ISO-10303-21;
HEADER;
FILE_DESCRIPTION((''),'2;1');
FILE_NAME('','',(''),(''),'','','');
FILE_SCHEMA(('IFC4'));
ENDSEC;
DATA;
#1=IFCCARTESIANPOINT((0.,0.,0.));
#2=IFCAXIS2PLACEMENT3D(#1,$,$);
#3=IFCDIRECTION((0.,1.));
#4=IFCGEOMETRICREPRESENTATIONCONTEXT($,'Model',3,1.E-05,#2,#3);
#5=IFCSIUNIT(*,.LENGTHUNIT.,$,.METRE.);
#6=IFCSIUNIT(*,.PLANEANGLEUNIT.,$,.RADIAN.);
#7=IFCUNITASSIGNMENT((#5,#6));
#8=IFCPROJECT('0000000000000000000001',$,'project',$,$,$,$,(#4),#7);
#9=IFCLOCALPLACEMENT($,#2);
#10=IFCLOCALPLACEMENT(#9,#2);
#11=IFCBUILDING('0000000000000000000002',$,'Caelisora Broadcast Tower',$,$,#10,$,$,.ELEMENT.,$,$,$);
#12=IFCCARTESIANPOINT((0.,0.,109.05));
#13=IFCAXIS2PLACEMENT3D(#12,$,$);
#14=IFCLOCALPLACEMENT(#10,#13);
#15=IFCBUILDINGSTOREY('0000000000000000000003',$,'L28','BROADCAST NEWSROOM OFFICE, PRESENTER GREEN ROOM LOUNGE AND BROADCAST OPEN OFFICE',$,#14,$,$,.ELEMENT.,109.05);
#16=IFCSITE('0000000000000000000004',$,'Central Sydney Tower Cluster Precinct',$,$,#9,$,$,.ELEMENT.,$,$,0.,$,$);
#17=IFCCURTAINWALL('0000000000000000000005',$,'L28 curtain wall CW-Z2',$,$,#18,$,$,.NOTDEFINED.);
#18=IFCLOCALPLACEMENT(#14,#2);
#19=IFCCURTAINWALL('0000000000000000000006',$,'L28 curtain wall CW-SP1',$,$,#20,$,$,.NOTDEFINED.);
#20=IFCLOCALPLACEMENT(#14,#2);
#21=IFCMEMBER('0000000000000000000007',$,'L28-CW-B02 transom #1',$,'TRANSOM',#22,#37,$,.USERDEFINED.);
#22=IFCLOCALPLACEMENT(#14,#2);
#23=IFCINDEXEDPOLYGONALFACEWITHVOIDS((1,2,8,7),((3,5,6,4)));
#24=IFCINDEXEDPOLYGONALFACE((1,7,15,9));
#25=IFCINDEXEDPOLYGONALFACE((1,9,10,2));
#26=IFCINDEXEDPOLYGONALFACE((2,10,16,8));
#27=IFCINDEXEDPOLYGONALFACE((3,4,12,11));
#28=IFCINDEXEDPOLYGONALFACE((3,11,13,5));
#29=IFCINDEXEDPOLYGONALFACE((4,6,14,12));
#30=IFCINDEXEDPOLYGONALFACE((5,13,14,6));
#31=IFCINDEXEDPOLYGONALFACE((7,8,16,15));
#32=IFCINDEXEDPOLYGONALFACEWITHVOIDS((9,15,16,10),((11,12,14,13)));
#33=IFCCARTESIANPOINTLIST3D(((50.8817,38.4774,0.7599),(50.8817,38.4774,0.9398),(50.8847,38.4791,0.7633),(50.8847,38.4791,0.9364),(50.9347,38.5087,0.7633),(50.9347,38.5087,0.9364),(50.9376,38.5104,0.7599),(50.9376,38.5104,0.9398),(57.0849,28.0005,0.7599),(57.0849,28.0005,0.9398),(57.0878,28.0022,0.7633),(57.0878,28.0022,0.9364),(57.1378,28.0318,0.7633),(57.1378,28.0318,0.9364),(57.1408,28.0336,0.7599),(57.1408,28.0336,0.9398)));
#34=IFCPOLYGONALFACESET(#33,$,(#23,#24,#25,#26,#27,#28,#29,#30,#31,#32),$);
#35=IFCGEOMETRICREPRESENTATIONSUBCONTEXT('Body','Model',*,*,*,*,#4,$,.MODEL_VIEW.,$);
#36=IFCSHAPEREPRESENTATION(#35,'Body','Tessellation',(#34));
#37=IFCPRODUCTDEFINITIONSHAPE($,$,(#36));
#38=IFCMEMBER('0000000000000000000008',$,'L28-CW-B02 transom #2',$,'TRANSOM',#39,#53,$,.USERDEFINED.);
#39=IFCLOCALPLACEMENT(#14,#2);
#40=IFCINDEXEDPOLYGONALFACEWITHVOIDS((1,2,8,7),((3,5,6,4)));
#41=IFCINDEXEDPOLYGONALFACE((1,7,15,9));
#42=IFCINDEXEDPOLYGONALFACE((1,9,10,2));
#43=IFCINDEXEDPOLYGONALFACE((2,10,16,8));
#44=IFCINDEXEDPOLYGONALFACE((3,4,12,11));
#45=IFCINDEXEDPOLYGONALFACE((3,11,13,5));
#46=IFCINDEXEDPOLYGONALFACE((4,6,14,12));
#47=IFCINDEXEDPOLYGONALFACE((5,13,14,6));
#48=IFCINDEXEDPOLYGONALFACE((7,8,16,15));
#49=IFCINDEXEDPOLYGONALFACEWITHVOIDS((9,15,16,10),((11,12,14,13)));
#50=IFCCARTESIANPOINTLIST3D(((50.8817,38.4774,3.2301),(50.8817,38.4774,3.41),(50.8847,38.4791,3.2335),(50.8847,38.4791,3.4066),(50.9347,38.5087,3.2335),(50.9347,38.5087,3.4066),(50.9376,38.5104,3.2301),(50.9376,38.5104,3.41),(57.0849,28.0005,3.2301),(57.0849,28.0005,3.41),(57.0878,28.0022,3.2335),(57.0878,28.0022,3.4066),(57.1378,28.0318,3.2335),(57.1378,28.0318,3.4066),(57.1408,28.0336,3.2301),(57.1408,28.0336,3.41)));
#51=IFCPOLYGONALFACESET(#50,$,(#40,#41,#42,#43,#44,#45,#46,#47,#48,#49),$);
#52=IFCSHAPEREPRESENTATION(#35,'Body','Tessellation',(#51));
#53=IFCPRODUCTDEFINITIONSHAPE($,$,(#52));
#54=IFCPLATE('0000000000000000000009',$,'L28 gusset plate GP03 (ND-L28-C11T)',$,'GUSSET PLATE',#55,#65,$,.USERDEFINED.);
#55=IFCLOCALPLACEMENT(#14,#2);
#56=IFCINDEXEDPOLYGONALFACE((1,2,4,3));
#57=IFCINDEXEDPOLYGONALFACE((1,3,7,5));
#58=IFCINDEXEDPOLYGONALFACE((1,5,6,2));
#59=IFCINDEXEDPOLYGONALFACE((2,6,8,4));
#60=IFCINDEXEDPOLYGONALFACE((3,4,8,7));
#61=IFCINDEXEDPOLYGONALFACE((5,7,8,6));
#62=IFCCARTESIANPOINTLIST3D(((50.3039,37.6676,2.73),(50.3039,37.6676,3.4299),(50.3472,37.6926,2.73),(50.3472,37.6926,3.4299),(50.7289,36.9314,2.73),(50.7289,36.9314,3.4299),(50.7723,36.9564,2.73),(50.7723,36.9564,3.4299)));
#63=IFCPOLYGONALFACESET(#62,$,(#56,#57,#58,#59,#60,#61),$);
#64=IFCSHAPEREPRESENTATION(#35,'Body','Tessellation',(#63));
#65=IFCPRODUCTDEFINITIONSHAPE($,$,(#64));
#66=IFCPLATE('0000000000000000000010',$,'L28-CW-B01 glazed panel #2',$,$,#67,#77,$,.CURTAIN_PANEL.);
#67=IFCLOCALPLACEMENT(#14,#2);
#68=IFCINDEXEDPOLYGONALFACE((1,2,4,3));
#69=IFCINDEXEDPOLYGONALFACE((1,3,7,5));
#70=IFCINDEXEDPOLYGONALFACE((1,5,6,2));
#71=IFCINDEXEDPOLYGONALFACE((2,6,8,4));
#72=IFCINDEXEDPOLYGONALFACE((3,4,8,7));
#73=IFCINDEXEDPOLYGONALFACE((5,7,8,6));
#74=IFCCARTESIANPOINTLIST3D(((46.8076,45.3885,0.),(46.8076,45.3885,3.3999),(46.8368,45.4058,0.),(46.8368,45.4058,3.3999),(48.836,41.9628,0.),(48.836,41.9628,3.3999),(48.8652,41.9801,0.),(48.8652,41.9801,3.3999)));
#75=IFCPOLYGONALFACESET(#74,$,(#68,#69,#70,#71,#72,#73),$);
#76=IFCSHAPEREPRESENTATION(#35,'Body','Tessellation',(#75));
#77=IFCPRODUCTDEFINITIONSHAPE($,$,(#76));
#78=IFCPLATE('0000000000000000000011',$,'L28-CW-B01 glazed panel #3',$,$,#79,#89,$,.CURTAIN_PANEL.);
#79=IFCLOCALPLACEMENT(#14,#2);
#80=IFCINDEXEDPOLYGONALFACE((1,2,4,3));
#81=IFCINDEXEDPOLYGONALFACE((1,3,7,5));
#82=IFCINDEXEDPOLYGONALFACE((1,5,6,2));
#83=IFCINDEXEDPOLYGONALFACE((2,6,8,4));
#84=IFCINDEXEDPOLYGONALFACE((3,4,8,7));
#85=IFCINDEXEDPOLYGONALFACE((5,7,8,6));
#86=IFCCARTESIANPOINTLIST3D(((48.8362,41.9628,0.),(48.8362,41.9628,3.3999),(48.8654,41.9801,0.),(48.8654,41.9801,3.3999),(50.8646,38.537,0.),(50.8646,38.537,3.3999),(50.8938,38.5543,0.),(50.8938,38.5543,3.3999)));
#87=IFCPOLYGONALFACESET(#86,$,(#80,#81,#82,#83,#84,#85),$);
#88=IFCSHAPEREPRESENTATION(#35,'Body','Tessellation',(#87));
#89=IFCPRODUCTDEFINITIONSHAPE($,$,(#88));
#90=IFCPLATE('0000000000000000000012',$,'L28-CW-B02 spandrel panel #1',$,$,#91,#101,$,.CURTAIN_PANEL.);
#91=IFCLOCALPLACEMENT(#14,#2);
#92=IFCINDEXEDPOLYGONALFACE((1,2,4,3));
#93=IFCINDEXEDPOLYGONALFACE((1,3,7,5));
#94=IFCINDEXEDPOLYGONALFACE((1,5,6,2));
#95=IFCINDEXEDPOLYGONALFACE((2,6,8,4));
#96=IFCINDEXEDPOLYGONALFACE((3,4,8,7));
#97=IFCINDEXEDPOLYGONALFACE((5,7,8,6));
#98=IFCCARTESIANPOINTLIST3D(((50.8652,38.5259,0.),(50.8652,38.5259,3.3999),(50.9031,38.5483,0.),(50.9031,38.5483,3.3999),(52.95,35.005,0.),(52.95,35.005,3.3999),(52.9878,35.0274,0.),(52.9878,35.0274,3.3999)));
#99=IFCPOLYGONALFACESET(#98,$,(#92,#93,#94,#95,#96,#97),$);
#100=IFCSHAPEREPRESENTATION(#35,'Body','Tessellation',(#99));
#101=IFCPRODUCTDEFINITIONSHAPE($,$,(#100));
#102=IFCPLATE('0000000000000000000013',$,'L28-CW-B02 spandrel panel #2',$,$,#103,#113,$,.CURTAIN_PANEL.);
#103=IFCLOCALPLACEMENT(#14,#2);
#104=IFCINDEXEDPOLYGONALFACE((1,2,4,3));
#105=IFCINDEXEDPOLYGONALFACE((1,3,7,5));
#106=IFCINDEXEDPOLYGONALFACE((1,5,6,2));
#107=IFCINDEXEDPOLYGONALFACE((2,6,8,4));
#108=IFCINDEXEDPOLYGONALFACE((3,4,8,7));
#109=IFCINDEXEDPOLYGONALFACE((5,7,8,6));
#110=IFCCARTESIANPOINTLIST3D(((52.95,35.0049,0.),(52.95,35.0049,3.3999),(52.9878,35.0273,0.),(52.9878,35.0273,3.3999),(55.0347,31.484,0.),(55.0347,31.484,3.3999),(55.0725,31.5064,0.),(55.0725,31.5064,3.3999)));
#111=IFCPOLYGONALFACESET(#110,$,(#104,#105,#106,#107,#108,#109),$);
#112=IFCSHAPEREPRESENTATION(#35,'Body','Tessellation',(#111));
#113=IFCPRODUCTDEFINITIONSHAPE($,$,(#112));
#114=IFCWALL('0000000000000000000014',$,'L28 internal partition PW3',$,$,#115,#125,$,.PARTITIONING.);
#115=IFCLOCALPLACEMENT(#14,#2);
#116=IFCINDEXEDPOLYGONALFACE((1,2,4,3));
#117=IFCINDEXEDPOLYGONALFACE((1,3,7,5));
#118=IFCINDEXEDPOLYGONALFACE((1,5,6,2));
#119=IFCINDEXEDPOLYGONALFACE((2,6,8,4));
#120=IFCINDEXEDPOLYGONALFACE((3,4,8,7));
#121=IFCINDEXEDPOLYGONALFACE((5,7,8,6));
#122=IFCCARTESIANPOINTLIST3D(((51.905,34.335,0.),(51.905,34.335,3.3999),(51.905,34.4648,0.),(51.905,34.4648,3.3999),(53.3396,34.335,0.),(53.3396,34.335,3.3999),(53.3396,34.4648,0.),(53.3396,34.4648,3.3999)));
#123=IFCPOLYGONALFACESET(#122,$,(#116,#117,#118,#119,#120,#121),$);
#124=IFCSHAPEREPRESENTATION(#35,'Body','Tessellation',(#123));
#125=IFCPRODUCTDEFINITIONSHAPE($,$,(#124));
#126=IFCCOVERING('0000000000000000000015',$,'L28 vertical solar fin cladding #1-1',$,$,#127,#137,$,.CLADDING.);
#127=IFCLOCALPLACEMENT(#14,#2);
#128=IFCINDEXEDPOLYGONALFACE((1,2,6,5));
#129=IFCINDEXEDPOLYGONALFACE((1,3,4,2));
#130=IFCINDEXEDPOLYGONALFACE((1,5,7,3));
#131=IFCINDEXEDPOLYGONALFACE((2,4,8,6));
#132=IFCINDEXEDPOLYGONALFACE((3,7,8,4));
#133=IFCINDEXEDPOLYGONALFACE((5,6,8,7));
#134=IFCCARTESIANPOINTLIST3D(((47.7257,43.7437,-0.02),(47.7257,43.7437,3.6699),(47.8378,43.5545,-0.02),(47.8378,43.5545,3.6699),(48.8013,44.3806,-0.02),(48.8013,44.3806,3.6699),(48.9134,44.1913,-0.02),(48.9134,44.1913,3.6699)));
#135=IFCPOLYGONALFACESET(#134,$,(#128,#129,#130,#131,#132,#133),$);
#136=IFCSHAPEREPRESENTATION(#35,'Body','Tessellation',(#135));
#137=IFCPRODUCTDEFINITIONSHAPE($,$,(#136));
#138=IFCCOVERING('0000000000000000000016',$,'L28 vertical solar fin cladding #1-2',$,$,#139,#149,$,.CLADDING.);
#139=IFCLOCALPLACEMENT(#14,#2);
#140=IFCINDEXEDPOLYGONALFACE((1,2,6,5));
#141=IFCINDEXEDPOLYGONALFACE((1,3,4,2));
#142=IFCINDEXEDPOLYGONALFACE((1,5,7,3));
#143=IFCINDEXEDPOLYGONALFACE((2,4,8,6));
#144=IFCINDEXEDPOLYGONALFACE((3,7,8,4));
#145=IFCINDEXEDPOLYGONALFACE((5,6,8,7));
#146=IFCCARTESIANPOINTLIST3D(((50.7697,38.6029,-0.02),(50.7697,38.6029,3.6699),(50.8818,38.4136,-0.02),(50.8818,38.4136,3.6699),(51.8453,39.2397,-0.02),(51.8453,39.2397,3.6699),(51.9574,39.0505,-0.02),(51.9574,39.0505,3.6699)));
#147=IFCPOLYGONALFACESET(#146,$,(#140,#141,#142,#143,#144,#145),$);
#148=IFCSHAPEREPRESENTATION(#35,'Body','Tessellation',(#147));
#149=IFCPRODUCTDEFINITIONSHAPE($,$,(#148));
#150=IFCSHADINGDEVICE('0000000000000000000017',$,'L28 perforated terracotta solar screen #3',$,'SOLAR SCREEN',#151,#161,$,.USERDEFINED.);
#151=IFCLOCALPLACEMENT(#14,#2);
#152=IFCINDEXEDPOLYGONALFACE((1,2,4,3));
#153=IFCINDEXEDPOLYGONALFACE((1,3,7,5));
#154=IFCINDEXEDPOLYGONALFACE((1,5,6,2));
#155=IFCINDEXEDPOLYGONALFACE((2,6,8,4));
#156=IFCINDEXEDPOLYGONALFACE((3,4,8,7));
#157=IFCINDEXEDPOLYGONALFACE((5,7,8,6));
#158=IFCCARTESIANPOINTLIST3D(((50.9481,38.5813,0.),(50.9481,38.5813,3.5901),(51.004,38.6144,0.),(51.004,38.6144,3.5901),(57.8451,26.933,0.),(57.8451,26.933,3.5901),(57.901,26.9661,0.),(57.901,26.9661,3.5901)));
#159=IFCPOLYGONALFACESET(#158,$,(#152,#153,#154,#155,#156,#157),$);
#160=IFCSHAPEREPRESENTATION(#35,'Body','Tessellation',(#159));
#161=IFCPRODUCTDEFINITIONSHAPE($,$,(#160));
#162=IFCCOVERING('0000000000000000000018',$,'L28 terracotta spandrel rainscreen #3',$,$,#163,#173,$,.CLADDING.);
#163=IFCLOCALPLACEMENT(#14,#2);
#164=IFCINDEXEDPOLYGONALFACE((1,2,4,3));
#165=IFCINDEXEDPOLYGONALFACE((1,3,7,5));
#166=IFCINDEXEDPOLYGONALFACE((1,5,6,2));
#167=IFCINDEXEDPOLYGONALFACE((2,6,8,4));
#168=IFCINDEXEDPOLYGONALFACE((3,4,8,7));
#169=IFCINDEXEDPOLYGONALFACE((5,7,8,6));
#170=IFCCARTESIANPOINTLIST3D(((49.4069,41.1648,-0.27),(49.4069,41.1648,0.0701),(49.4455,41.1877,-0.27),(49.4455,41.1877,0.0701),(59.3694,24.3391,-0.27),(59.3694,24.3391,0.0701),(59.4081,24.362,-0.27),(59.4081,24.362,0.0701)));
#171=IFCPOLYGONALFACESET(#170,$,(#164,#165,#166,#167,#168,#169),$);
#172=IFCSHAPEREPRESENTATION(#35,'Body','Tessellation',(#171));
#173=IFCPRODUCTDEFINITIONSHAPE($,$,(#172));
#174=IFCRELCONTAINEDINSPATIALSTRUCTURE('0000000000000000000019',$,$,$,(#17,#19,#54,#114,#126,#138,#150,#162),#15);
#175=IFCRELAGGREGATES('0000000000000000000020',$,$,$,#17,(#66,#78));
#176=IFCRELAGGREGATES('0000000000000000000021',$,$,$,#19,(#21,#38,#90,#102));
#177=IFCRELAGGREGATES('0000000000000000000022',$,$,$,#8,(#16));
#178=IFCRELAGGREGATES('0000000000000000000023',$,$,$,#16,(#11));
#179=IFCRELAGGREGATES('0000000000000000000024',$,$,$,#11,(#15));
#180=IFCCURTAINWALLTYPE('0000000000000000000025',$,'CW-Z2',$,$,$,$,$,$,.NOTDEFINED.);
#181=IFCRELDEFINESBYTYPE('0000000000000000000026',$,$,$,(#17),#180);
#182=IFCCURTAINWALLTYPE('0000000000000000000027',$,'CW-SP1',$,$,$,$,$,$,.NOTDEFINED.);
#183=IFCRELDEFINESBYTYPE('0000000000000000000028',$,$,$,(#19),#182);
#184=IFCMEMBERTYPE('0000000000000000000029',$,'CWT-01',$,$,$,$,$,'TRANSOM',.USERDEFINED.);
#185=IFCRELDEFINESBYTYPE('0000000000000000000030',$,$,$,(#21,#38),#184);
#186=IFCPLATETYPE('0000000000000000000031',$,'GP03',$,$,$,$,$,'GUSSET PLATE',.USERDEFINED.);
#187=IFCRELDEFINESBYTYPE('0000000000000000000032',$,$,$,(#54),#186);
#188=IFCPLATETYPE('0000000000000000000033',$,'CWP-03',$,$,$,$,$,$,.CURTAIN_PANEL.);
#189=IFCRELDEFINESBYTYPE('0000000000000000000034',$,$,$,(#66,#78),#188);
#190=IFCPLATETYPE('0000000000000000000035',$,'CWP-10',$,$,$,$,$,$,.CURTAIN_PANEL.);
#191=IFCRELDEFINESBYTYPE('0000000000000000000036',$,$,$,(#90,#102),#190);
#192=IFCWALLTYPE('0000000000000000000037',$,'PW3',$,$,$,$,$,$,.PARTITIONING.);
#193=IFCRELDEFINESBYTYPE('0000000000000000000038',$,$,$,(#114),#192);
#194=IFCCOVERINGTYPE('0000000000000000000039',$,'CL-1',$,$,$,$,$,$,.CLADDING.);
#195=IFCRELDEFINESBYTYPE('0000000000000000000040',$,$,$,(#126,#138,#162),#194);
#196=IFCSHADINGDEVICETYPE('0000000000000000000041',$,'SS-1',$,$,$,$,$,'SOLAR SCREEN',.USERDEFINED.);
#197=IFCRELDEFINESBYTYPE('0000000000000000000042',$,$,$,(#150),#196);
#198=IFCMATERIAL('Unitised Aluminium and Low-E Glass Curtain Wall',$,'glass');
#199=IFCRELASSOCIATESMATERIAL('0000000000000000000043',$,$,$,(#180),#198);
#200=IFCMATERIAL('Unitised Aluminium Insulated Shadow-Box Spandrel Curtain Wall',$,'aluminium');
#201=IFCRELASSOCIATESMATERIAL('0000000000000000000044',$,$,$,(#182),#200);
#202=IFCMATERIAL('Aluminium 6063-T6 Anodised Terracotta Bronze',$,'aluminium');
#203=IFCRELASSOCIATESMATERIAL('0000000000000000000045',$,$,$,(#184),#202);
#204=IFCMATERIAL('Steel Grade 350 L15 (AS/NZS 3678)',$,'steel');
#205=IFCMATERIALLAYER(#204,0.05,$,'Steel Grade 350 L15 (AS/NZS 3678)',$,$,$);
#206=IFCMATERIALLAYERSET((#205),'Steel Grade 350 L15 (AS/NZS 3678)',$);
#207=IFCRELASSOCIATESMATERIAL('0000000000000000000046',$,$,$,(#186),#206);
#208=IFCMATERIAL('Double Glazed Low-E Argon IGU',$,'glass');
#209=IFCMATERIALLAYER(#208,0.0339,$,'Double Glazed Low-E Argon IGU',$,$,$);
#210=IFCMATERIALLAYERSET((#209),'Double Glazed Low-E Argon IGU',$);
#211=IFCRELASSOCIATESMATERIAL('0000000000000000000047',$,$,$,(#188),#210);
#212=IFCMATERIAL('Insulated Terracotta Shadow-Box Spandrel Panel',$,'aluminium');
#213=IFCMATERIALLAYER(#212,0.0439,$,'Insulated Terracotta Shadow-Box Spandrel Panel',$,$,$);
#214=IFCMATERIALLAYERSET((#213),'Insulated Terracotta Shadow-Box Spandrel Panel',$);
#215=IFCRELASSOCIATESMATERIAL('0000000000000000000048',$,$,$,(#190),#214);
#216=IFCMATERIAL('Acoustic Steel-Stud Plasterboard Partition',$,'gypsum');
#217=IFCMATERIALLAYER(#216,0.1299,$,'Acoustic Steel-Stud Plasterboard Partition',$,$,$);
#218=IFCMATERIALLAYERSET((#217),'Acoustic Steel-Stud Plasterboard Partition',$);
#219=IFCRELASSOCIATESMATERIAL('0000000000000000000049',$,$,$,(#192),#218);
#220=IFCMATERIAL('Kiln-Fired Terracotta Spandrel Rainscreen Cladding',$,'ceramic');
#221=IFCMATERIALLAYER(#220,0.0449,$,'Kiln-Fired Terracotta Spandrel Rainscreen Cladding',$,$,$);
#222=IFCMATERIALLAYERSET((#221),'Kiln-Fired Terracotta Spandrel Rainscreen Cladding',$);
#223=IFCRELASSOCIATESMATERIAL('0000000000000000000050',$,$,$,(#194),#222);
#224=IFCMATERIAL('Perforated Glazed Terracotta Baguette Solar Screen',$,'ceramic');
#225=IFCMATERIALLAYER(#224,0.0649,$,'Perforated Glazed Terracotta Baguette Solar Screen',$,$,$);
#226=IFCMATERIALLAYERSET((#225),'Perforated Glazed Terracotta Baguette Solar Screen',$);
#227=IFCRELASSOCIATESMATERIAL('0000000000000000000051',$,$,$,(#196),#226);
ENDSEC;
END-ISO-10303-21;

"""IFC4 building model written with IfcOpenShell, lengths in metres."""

from ifc_helpers import new_model, si_unit, direction, frame, frame_2d, origin, origin_2d, place, context, subcontext, project, spatial, rectangle, hollow_rectangle, extrude, source, transform, mapped, material, layer, layer_set, material_profile, profile_set, type_object, type_shapes, element, aggregate, save


model = new_model("IFC4")

# Units and contexts
model_context = context("Model", 3, precision=1e-05, world=origin(), true_north=direction((0.0, 1.0)))
body_context = subcontext(model_context, "Body", "Model", "MODEL_VIEW")
ifc_project = project(units=[si_unit("LENGTHUNIT", "METRE"), si_unit("PLANEANGLEUNIT", "RADIAN")], contexts=[model_context])

# Site, building, storey
site_placement = place(None, origin())
site = spatial("IfcSite", under=ifc_project, at=site_placement, Name="Central Sydney Tower Cluster Precinct", CompositionType="ELEMENT", RefElevation=0.0)
building_placement = place(site_placement, origin())
building = spatial("IfcBuilding", under=site, at=building_placement, Name="Caelisora Broadcast Tower", CompositionType="ELEMENT")
storey_placement = place(building_placement, frame((0.0, 0.0, 109.05)))
storey = spatial("IfcBuildingStorey", under=building, at=storey_placement, Name="L28", Description="BROADCAST NEWSROOM OFFICE, PRESENTER GREEN ROOM LOUNGE AND BROADCAST OPEN OFFICE", CompositionType="ELEMENT", Elevation=109.05)

# Shared definitions
ifc_material_1 = material(Name="Steel Grade 350 L15 (AS/NZS 3678)", Category="steel")

# Curtain walls, members
ifc_material_2 = material(Name="Unitised Aluminium and Low-E Glass Curtain Wall", Category="glass")
curtain_wall_type_1 = type_object("IfcCurtainWallType", Name="CW-Z2", PredefinedType="NOTDEFINED", material=ifc_material_2)
curtain_wall_1_placement = place(storey_placement, origin())
curtain_wall_1 = element("IfcCurtainWall", 1, at=curtain_wall_1_placement, inside=storey, type_object=curtain_wall_type_1, Name="L28 curtain wall CW-Z2", PredefinedType="NOTDEFINED")
ifc_material_3 = material(Name="Aluminium 6063-T6 Anodised Terracotta Bronze", Category="aluminium")
ifc_material_4 = material(Name="Unitised Aluminium Insulated Shadow-Box Spandrel Curtain Wall", Category="aluminium")
curtain_wall_type_2 = type_object("IfcCurtainWallType", Name="CW-SP1", PredefinedType="NOTDEFINED", material=ifc_material_4)
curtain_wall_2_placement = place(storey_placement, origin())
curtain_wall_2 = element("IfcCurtainWall", 2, at=curtain_wall_2_placement, inside=storey, type_object=curtain_wall_type_2, Name="L28 curtain wall CW-SP1", PredefinedType="NOTDEFINED")
ifc_material_profile_1 = material_profile(ifc_material_3, hollow_rectangle(XDim=0.0649, YDim=0.1799, WallThickness=0.0034, at=origin_2d()), Name="Aluminium 6063-T6 Anodised Terracotta Bronze")
ifc_profile_set_1 = profile_set([ifc_material_profile_1], Name="Aluminium 6063-T6 Anodised Terracotta Bronze")
member_type_1 = type_object("IfcMemberType", Name="CWT-01", ElementType="TRANSOM", PredefinedType="USERDEFINED", material=ifc_profile_set_1)
shared_shape_1 = source(origin(), body_context, "Body", "SweptSolid", [
    extrude(hollow_rectangle(XDim=0.0649, YDim=0.1799, WallThickness=0.0034, at=origin_2d()), origin(), (0.0, 0.0, 1.0), 12.1755),
])
type_shapes(member_type_1, [shared_shape_1])
member_1_placement = place(storey_placement, frame((50.9097, 38.4939, 0.8499), z_axis=(0.509477, -0.860484, 0.0), x_axis=(0.860484, 0.509477, 0.0)))
member_1 = element("IfcMember", 3, at=member_1_placement, type_object=member_type_1, Name="L28-CW-B02 transom #1", ObjectType="TRANSOM", PredefinedType="USERDEFINED", context=body_context, shape_type="MappedRepresentation", body=[
    mapped(shared_shape_1, transform((0.0, 0.0, 0.0), scale=1.0)),
])
member_2_placement = place(storey_placement, frame((50.9097, 38.4939, 3.3201), z_axis=(0.509477, -0.860484, 0.0), x_axis=(0.860484, 0.509477, 0.0)))
member_2 = element("IfcMember", 4, at=member_2_placement, type_object=member_type_1, Name="L28-CW-B02 transom #2", ObjectType="TRANSOM", PredefinedType="USERDEFINED", context=body_context, shape_type="MappedRepresentation", body=[
    mapped(shared_shape_1, transform((0.0, 0.0, 0.0), scale=1.0)),
])

# Plates
ifc_layer_1 = layer(ifc_material_1, 0.05, Name="Steel Grade 350 L15 (AS/NZS 3678)")
ifc_layer_set_1 = layer_set([ifc_layer_1], Name="Steel Grade 350 L15 (AS/NZS 3678)")
plate_type_1 = type_object("IfcPlateType", Name="GP03", ElementType="GUSSET PLATE", PredefinedType="USERDEFINED", material=ifc_layer_set_1)
shared_shape_2 = source(origin(), body_context, "Body", "SweptSolid", [
    extrude(rectangle(XDim=0.8501, YDim=0.05, at=origin_2d()), origin(), (0.0, 0.0, 1.0), 0.7),
])
type_shapes(plate_type_1, [shared_shape_2])
plate_1_placement = place(storey_placement, frame((50.5381, 37.312, 2.73), z_axis=(0.0, 0.0, 1.0), x_axis=(-0.5, 0.866025, 0.0)))
element("IfcPlate", 5, at=plate_1_placement, inside=storey, type_object=plate_type_1, Name="L28 gusset plate GP03 (ND-L28-C11T)", ObjectType="GUSSET PLATE", PredefinedType="USERDEFINED", context=body_context, shape_type="MappedRepresentation", body=[
    mapped(shared_shape_2, transform((0.0, 0.0, 0.0), scale=1.0)),
])
ifc_material_5 = material(Name="Double Glazed Low-E Argon IGU", Category="glass")
ifc_layer_2 = layer(ifc_material_5, 0.0339, Name="Double Glazed Low-E Argon IGU")
ifc_layer_set_2 = layer_set([ifc_layer_2], Name="Double Glazed Low-E Argon IGU")
plate_type_2 = type_object("IfcPlateType", Name="CWP-03", PredefinedType="CURTAIN_PANEL", material=ifc_layer_set_2)
shared_shape_3 = source(origin(), body_context, "Body", "SweptSolid", [
    extrude(rectangle(XDim=3.9812, YDim=0.0339, at=origin_2d()), origin(), (0.0, 0.0, 1.0), 3.3999),
])
type_shapes(plate_type_2, [shared_shape_3])
plate_2_placement = place(storey_placement, frame((47.8364, 43.6843, 0.0), z_axis=(0.0, 0.0, 1.0), x_axis=(0.509492, -0.860475, 0.0)))
plate_2 = element("IfcPlate", 6, at=plate_2_placement, type_object=plate_type_2, Name="L28-CW-B01 glazed panel #2", PredefinedType="CURTAIN_PANEL", context=body_context, shape_type="MappedRepresentation", body=[
    mapped(shared_shape_3, transform((0.0, 0.0, 0.0), scale=1.0)),
])
plate_3_placement = place(storey_placement, frame((49.865, 40.2585, 0.0), z_axis=(0.0, 0.0, 1.0), x_axis=(0.509492, -0.860475, 0.0)))
plate_3 = element("IfcPlate", 7, at=plate_3_placement, type_object=plate_type_2, Name="L28-CW-B01 glazed panel #3", PredefinedType="CURTAIN_PANEL", context=body_context, shape_type="MappedRepresentation", body=[
    mapped(shared_shape_3, transform((0.0, 0.0, 0.0), scale=1.0)),
])
aggregate(curtain_wall_1, [plate_2, plate_3])
ifc_material_6 = material(Name="Insulated Terracotta Shadow-Box Spandrel Panel", Category="aluminium")
ifc_layer_3 = layer(ifc_material_6, 0.0439, Name="Insulated Terracotta Shadow-Box Spandrel Panel")
ifc_layer_set_3 = layer_set([ifc_layer_3], Name="Insulated Terracotta Shadow-Box Spandrel Panel")
plate_type_3 = type_object("IfcPlateType", Name="CWP-10", PredefinedType="CURTAIN_PANEL", material=ifc_layer_set_3)
shared_shape_4 = source(origin(), body_context, "Body", "SweptSolid", [
    extrude(rectangle(XDim=4.0918, YDim=0.0439, at=origin_2d()), origin(), (0.0, 0.0, 1.0), 3.3999),
])
type_shapes(plate_type_3, [shared_shape_4])
plate_4_placement = place(storey_placement, frame((51.9265, 36.7766, 0.0), z_axis=(0.0, 0.0, 1.0), x_axis=(0.509492, -0.860475, 0.0)))
plate_4 = element("IfcPlate", 8, at=plate_4_placement, type_object=plate_type_3, Name="L28-CW-B02 spandrel panel #1", PredefinedType="CURTAIN_PANEL", context=body_context, shape_type="MappedRepresentation", body=[
    mapped(shared_shape_4, transform((0.0, 0.0, 0.0), scale=1.0)),
])
plate_5_placement = place(storey_placement, frame((54.0112, 33.2556, 0.0), z_axis=(0.0, 0.0, 1.0), x_axis=(0.509492, -0.860475, 0.0)))
plate_5 = element("IfcPlate", 9, at=plate_5_placement, type_object=plate_type_3, Name="L28-CW-B02 spandrel panel #2", PredefinedType="CURTAIN_PANEL", context=body_context, shape_type="MappedRepresentation", body=[
    mapped(shared_shape_4, transform((0.0, 0.0, 0.0), scale=1.0)),
])
aggregate(curtain_wall_2, [member_1, member_2, plate_4, plate_5])

# Wall
ifc_material_7 = material(Name="Acoustic Steel-Stud Plasterboard Partition", Category="gypsum")
ifc_layer_4 = layer(ifc_material_7, 0.1299, Name="Acoustic Steel-Stud Plasterboard Partition")
ifc_layer_set_4 = layer_set([ifc_layer_4], Name="Acoustic Steel-Stud Plasterboard Partition")
wall_type = type_object("IfcWallType", Name="PW3", PredefinedType="PARTITIONING", material=ifc_layer_set_4)
wall_placement = place(storey_placement, frame((53.3396, 34.3999, 0.0), z_axis=(0.0, 0.0, 1.0), x_axis=(-1.0, 0.0, 0.0)))
element("IfcWall", 10, at=wall_placement, inside=storey, type_object=wall_type, Name="L28 internal partition PW3", PredefinedType="PARTITIONING", context=body_context, shape_type="SweptSolid", body=[
    extrude(rectangle(XDim=1.4346, YDim=0.1299, at=frame_2d((0.7173, 0.0))), origin(), (0.0, 0.0, 1.0), 3.3999),
])

# Coverings
ifc_material_8 = material(Name="Kiln-Fired Terracotta Spandrel Rainscreen Cladding", Category="ceramic")
ifc_layer_5 = layer(ifc_material_8, 0.0449, Name="Kiln-Fired Terracotta Spandrel Rainscreen Cladding")
ifc_layer_set_5 = layer_set([ifc_layer_5], Name="Kiln-Fired Terracotta Spandrel Rainscreen Cladding")
covering_type = type_object("IfcCoveringType", Name="CL-1", PredefinedType="CLADDING", material=ifc_layer_set_5)
shared_shape_5 = source(origin(), body_context, "Body", "SweptSolid", [
    extrude(rectangle(XDim=0.22, YDim=1.25, at=origin_2d()), origin(), (0.0, 0.0, 1.0), 3.6899),
])
for number, where, z_axis, x_axis, name in (
    (11, (48.3196, 43.9675, -0.02), (0.0, 0.0, 1.0), (0.509492, -0.860475, 0.0), "L28 vertical solar fin cladding #1-1"),
    (12, (51.3635, 38.8267, -0.02), (0.0, 0.0, 1.0), (0.509492, -0.860475, 0.0), "L28 vertical solar fin cladding #1-2"),
):
    element("IfcCovering", number, at=place(storey_placement, frame(where, z_axis=z_axis, x_axis=x_axis)), inside=storey, type_object=covering_type, Name=name, PredefinedType="CLADDING", context=body_context, shape_type="MappedRepresentation", body=[
        mapped(shared_shape_5, transform((0.0, 0.0, 0.0), scale=1.0)),
    ])

# Shading device
ifc_material_9 = material(Name="Perforated Glazed Terracotta Baguette Solar Screen", Category="ceramic")
ifc_layer_6 = layer(ifc_material_9, 0.0649, Name="Perforated Glazed Terracotta Baguette Solar Screen")
ifc_layer_set_6 = layer_set([ifc_layer_6], Name="Perforated Glazed Terracotta Baguette Solar Screen")
shading_device_type = type_object("IfcShadingDeviceType", Name="SS-1", ElementType="SOLAR SCREEN", PredefinedType="USERDEFINED", material=ifc_layer_set_6)
shared_shape_6 = source(origin(), body_context, "Body", "SweptSolid", [
    extrude(rectangle(XDim=13.5371, YDim=0.0649, at=origin_2d()), origin(), (0.0, 0.0, 1.0), 3.5901),
])
type_shapes(shading_device_type, [shared_shape_6])
shading_device_placement = place(storey_placement, frame((54.4246, 32.7737, 0.0), z_axis=(0.0, 0.0, 1.0), x_axis=(-0.509492, 0.860475, 0.0)))
element("IfcShadingDevice", 13, at=shading_device_placement, inside=storey, type_object=shading_device_type, Name="L28 perforated terracotta solar screen #3", ObjectType="SOLAR SCREEN", PredefinedType="USERDEFINED", context=body_context, shape_type="MappedRepresentation", body=[
    mapped(shared_shape_6, transform((0.0, 0.0, 0.0), scale=1.0)),
])

# Covering
shared_shape_7 = source(origin(), body_context, "Body", "SweptSolid", [
    extrude(rectangle(XDim=19.554, YDim=0.0449, at=origin_2d()), origin(), (0.0, 0.0, 1.0), 0.3401),
])
type_shapes(covering_type, [shared_shape_5, shared_shape_7])
covering_placement = place(storey_placement, frame((54.4075, 32.7634, -0.27), z_axis=(0.0, 0.0, 1.0), x_axis=(-0.509492, 0.860475, 0.0)))
element("IfcCovering", 14, at=covering_placement, inside=storey, type_object=covering_type, Name="L28 terracotta spandrel rainscreen #3", PredefinedType="CLADDING", context=body_context, shape_type="MappedRepresentation", body=[
    mapped(shared_shape_7, transform((0.0, 0.0, 0.0), scale=1.0)),
])

save(model, "model.ifc")
